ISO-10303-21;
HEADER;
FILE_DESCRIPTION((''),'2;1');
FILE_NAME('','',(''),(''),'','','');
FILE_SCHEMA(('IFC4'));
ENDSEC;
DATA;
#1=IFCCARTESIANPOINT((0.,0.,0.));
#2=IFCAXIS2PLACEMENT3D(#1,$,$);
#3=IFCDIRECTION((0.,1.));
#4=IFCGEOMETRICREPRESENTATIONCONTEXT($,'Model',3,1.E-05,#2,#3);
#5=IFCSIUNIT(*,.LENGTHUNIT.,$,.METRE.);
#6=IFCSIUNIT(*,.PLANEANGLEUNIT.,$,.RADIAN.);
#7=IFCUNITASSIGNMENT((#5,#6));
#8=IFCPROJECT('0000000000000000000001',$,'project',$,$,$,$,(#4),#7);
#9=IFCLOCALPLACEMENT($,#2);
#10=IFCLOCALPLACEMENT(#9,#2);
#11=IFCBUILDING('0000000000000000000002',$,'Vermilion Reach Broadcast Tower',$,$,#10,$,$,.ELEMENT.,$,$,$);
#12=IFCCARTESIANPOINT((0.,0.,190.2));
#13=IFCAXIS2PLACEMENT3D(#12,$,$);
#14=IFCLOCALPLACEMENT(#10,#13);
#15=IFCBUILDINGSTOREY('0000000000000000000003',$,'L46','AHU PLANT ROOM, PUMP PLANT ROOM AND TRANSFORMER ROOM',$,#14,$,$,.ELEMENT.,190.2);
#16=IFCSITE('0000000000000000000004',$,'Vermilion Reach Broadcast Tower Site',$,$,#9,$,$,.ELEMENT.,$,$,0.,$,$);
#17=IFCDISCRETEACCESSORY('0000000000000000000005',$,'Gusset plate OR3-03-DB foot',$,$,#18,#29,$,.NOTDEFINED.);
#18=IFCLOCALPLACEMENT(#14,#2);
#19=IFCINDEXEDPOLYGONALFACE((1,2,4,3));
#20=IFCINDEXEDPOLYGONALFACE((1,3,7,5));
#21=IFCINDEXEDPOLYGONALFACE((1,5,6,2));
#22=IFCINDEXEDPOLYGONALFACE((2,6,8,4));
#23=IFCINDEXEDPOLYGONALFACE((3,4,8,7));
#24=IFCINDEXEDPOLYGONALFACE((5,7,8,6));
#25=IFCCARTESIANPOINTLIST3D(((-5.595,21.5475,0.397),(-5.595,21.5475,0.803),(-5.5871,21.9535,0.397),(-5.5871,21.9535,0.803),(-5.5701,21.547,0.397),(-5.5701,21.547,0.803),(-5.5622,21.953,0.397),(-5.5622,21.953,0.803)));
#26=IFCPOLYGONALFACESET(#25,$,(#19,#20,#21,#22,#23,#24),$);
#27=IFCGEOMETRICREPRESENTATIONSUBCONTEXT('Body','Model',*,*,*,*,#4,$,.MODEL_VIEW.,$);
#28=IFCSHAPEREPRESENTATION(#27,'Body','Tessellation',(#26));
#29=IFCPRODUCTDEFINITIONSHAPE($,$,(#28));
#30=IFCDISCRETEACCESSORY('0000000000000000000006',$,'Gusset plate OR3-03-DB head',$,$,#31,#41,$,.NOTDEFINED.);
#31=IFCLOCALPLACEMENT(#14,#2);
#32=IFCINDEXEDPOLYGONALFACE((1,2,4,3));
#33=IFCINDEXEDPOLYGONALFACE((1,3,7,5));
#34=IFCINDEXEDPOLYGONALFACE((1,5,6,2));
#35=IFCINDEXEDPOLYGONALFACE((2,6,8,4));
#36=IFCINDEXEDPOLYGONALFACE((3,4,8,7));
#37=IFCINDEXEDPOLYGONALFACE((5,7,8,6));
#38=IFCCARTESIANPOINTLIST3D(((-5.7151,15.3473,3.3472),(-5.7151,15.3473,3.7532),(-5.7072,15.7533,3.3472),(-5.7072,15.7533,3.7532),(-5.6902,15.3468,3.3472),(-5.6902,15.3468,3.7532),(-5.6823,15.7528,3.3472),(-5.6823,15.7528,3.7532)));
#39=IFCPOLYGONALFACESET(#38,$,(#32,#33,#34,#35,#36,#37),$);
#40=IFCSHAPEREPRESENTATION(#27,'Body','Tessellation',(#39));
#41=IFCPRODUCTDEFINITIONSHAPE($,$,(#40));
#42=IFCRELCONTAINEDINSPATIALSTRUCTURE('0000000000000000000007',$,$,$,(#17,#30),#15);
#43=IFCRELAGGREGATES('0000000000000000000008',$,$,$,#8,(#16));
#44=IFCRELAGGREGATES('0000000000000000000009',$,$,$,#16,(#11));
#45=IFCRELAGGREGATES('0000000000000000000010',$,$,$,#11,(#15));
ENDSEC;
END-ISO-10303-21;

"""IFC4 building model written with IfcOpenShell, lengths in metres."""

from ifc_helpers import new_model, si_unit, direction, frame, origin, origin_2d, place, context, subcontext, project, spatial, rectangle, extrude, element, save


model = new_model("IFC4")

# Units and contexts
model_context = context("Model", 3, precision=1e-05, world=origin(), true_north=direction((0.0, 1.0)))
body_context = subcontext(model_context, "Body", "Model", "MODEL_VIEW")
ifc_project = project(units=[si_unit("LENGTHUNIT", "METRE"), si_unit("PLANEANGLEUNIT", "RADIAN")], contexts=[model_context])

# Site, building, storey
site_placement = place(None, origin())
site = spatial("IfcSite", under=ifc_project, at=site_placement, Name="Vermilion Reach Broadcast Tower Site", CompositionType="ELEMENT", RefElevation=0.0)
building_placement = place(site_placement, origin())
building = spatial("IfcBuilding", under=site, at=building_placement, Name="Vermilion Reach Broadcast Tower", CompositionType="ELEMENT")
storey_placement = place(building_placement, frame((0.0, 0.0, 190.2)))
storey = spatial("IfcBuildingStorey", under=building, at=storey_placement, Name="L46", Description="AHU PLANT ROOM, PUMP PLANT ROOM AND TRANSFORMER ROOM", CompositionType="ELEMENT", Elevation=190.2)

# Discrete accessories
for number, where, z_axis, x_axis, name in (
    (1, (-5.5786, 21.7502, 0.397), (0.0, 0.0, 1.0), (-0.999812, 0.019372, 0.0), "Gusset plate OR3-03-DB foot"),
    (2, (-5.6987, 15.55, 3.3472), (0.0, 0.0, 1.0), (-0.999812, 0.019372, 0.0), "Gusset plate OR3-03-DB head"),
):
    element("IfcDiscreteAccessory", number, at=place(storey_placement, frame(where, z_axis=z_axis, x_axis=x_axis)), inside=storey, Name=name, PredefinedType="NOTDEFINED", context=body_context, shape_type="SweptSolid", body=[
        extrude(rectangle(XDim=0.0249, YDim=0.406, at=origin_2d()), origin(), (0.0, 0.0, 1.0), 0.406),
    ])

save(model, "model.ifc")
